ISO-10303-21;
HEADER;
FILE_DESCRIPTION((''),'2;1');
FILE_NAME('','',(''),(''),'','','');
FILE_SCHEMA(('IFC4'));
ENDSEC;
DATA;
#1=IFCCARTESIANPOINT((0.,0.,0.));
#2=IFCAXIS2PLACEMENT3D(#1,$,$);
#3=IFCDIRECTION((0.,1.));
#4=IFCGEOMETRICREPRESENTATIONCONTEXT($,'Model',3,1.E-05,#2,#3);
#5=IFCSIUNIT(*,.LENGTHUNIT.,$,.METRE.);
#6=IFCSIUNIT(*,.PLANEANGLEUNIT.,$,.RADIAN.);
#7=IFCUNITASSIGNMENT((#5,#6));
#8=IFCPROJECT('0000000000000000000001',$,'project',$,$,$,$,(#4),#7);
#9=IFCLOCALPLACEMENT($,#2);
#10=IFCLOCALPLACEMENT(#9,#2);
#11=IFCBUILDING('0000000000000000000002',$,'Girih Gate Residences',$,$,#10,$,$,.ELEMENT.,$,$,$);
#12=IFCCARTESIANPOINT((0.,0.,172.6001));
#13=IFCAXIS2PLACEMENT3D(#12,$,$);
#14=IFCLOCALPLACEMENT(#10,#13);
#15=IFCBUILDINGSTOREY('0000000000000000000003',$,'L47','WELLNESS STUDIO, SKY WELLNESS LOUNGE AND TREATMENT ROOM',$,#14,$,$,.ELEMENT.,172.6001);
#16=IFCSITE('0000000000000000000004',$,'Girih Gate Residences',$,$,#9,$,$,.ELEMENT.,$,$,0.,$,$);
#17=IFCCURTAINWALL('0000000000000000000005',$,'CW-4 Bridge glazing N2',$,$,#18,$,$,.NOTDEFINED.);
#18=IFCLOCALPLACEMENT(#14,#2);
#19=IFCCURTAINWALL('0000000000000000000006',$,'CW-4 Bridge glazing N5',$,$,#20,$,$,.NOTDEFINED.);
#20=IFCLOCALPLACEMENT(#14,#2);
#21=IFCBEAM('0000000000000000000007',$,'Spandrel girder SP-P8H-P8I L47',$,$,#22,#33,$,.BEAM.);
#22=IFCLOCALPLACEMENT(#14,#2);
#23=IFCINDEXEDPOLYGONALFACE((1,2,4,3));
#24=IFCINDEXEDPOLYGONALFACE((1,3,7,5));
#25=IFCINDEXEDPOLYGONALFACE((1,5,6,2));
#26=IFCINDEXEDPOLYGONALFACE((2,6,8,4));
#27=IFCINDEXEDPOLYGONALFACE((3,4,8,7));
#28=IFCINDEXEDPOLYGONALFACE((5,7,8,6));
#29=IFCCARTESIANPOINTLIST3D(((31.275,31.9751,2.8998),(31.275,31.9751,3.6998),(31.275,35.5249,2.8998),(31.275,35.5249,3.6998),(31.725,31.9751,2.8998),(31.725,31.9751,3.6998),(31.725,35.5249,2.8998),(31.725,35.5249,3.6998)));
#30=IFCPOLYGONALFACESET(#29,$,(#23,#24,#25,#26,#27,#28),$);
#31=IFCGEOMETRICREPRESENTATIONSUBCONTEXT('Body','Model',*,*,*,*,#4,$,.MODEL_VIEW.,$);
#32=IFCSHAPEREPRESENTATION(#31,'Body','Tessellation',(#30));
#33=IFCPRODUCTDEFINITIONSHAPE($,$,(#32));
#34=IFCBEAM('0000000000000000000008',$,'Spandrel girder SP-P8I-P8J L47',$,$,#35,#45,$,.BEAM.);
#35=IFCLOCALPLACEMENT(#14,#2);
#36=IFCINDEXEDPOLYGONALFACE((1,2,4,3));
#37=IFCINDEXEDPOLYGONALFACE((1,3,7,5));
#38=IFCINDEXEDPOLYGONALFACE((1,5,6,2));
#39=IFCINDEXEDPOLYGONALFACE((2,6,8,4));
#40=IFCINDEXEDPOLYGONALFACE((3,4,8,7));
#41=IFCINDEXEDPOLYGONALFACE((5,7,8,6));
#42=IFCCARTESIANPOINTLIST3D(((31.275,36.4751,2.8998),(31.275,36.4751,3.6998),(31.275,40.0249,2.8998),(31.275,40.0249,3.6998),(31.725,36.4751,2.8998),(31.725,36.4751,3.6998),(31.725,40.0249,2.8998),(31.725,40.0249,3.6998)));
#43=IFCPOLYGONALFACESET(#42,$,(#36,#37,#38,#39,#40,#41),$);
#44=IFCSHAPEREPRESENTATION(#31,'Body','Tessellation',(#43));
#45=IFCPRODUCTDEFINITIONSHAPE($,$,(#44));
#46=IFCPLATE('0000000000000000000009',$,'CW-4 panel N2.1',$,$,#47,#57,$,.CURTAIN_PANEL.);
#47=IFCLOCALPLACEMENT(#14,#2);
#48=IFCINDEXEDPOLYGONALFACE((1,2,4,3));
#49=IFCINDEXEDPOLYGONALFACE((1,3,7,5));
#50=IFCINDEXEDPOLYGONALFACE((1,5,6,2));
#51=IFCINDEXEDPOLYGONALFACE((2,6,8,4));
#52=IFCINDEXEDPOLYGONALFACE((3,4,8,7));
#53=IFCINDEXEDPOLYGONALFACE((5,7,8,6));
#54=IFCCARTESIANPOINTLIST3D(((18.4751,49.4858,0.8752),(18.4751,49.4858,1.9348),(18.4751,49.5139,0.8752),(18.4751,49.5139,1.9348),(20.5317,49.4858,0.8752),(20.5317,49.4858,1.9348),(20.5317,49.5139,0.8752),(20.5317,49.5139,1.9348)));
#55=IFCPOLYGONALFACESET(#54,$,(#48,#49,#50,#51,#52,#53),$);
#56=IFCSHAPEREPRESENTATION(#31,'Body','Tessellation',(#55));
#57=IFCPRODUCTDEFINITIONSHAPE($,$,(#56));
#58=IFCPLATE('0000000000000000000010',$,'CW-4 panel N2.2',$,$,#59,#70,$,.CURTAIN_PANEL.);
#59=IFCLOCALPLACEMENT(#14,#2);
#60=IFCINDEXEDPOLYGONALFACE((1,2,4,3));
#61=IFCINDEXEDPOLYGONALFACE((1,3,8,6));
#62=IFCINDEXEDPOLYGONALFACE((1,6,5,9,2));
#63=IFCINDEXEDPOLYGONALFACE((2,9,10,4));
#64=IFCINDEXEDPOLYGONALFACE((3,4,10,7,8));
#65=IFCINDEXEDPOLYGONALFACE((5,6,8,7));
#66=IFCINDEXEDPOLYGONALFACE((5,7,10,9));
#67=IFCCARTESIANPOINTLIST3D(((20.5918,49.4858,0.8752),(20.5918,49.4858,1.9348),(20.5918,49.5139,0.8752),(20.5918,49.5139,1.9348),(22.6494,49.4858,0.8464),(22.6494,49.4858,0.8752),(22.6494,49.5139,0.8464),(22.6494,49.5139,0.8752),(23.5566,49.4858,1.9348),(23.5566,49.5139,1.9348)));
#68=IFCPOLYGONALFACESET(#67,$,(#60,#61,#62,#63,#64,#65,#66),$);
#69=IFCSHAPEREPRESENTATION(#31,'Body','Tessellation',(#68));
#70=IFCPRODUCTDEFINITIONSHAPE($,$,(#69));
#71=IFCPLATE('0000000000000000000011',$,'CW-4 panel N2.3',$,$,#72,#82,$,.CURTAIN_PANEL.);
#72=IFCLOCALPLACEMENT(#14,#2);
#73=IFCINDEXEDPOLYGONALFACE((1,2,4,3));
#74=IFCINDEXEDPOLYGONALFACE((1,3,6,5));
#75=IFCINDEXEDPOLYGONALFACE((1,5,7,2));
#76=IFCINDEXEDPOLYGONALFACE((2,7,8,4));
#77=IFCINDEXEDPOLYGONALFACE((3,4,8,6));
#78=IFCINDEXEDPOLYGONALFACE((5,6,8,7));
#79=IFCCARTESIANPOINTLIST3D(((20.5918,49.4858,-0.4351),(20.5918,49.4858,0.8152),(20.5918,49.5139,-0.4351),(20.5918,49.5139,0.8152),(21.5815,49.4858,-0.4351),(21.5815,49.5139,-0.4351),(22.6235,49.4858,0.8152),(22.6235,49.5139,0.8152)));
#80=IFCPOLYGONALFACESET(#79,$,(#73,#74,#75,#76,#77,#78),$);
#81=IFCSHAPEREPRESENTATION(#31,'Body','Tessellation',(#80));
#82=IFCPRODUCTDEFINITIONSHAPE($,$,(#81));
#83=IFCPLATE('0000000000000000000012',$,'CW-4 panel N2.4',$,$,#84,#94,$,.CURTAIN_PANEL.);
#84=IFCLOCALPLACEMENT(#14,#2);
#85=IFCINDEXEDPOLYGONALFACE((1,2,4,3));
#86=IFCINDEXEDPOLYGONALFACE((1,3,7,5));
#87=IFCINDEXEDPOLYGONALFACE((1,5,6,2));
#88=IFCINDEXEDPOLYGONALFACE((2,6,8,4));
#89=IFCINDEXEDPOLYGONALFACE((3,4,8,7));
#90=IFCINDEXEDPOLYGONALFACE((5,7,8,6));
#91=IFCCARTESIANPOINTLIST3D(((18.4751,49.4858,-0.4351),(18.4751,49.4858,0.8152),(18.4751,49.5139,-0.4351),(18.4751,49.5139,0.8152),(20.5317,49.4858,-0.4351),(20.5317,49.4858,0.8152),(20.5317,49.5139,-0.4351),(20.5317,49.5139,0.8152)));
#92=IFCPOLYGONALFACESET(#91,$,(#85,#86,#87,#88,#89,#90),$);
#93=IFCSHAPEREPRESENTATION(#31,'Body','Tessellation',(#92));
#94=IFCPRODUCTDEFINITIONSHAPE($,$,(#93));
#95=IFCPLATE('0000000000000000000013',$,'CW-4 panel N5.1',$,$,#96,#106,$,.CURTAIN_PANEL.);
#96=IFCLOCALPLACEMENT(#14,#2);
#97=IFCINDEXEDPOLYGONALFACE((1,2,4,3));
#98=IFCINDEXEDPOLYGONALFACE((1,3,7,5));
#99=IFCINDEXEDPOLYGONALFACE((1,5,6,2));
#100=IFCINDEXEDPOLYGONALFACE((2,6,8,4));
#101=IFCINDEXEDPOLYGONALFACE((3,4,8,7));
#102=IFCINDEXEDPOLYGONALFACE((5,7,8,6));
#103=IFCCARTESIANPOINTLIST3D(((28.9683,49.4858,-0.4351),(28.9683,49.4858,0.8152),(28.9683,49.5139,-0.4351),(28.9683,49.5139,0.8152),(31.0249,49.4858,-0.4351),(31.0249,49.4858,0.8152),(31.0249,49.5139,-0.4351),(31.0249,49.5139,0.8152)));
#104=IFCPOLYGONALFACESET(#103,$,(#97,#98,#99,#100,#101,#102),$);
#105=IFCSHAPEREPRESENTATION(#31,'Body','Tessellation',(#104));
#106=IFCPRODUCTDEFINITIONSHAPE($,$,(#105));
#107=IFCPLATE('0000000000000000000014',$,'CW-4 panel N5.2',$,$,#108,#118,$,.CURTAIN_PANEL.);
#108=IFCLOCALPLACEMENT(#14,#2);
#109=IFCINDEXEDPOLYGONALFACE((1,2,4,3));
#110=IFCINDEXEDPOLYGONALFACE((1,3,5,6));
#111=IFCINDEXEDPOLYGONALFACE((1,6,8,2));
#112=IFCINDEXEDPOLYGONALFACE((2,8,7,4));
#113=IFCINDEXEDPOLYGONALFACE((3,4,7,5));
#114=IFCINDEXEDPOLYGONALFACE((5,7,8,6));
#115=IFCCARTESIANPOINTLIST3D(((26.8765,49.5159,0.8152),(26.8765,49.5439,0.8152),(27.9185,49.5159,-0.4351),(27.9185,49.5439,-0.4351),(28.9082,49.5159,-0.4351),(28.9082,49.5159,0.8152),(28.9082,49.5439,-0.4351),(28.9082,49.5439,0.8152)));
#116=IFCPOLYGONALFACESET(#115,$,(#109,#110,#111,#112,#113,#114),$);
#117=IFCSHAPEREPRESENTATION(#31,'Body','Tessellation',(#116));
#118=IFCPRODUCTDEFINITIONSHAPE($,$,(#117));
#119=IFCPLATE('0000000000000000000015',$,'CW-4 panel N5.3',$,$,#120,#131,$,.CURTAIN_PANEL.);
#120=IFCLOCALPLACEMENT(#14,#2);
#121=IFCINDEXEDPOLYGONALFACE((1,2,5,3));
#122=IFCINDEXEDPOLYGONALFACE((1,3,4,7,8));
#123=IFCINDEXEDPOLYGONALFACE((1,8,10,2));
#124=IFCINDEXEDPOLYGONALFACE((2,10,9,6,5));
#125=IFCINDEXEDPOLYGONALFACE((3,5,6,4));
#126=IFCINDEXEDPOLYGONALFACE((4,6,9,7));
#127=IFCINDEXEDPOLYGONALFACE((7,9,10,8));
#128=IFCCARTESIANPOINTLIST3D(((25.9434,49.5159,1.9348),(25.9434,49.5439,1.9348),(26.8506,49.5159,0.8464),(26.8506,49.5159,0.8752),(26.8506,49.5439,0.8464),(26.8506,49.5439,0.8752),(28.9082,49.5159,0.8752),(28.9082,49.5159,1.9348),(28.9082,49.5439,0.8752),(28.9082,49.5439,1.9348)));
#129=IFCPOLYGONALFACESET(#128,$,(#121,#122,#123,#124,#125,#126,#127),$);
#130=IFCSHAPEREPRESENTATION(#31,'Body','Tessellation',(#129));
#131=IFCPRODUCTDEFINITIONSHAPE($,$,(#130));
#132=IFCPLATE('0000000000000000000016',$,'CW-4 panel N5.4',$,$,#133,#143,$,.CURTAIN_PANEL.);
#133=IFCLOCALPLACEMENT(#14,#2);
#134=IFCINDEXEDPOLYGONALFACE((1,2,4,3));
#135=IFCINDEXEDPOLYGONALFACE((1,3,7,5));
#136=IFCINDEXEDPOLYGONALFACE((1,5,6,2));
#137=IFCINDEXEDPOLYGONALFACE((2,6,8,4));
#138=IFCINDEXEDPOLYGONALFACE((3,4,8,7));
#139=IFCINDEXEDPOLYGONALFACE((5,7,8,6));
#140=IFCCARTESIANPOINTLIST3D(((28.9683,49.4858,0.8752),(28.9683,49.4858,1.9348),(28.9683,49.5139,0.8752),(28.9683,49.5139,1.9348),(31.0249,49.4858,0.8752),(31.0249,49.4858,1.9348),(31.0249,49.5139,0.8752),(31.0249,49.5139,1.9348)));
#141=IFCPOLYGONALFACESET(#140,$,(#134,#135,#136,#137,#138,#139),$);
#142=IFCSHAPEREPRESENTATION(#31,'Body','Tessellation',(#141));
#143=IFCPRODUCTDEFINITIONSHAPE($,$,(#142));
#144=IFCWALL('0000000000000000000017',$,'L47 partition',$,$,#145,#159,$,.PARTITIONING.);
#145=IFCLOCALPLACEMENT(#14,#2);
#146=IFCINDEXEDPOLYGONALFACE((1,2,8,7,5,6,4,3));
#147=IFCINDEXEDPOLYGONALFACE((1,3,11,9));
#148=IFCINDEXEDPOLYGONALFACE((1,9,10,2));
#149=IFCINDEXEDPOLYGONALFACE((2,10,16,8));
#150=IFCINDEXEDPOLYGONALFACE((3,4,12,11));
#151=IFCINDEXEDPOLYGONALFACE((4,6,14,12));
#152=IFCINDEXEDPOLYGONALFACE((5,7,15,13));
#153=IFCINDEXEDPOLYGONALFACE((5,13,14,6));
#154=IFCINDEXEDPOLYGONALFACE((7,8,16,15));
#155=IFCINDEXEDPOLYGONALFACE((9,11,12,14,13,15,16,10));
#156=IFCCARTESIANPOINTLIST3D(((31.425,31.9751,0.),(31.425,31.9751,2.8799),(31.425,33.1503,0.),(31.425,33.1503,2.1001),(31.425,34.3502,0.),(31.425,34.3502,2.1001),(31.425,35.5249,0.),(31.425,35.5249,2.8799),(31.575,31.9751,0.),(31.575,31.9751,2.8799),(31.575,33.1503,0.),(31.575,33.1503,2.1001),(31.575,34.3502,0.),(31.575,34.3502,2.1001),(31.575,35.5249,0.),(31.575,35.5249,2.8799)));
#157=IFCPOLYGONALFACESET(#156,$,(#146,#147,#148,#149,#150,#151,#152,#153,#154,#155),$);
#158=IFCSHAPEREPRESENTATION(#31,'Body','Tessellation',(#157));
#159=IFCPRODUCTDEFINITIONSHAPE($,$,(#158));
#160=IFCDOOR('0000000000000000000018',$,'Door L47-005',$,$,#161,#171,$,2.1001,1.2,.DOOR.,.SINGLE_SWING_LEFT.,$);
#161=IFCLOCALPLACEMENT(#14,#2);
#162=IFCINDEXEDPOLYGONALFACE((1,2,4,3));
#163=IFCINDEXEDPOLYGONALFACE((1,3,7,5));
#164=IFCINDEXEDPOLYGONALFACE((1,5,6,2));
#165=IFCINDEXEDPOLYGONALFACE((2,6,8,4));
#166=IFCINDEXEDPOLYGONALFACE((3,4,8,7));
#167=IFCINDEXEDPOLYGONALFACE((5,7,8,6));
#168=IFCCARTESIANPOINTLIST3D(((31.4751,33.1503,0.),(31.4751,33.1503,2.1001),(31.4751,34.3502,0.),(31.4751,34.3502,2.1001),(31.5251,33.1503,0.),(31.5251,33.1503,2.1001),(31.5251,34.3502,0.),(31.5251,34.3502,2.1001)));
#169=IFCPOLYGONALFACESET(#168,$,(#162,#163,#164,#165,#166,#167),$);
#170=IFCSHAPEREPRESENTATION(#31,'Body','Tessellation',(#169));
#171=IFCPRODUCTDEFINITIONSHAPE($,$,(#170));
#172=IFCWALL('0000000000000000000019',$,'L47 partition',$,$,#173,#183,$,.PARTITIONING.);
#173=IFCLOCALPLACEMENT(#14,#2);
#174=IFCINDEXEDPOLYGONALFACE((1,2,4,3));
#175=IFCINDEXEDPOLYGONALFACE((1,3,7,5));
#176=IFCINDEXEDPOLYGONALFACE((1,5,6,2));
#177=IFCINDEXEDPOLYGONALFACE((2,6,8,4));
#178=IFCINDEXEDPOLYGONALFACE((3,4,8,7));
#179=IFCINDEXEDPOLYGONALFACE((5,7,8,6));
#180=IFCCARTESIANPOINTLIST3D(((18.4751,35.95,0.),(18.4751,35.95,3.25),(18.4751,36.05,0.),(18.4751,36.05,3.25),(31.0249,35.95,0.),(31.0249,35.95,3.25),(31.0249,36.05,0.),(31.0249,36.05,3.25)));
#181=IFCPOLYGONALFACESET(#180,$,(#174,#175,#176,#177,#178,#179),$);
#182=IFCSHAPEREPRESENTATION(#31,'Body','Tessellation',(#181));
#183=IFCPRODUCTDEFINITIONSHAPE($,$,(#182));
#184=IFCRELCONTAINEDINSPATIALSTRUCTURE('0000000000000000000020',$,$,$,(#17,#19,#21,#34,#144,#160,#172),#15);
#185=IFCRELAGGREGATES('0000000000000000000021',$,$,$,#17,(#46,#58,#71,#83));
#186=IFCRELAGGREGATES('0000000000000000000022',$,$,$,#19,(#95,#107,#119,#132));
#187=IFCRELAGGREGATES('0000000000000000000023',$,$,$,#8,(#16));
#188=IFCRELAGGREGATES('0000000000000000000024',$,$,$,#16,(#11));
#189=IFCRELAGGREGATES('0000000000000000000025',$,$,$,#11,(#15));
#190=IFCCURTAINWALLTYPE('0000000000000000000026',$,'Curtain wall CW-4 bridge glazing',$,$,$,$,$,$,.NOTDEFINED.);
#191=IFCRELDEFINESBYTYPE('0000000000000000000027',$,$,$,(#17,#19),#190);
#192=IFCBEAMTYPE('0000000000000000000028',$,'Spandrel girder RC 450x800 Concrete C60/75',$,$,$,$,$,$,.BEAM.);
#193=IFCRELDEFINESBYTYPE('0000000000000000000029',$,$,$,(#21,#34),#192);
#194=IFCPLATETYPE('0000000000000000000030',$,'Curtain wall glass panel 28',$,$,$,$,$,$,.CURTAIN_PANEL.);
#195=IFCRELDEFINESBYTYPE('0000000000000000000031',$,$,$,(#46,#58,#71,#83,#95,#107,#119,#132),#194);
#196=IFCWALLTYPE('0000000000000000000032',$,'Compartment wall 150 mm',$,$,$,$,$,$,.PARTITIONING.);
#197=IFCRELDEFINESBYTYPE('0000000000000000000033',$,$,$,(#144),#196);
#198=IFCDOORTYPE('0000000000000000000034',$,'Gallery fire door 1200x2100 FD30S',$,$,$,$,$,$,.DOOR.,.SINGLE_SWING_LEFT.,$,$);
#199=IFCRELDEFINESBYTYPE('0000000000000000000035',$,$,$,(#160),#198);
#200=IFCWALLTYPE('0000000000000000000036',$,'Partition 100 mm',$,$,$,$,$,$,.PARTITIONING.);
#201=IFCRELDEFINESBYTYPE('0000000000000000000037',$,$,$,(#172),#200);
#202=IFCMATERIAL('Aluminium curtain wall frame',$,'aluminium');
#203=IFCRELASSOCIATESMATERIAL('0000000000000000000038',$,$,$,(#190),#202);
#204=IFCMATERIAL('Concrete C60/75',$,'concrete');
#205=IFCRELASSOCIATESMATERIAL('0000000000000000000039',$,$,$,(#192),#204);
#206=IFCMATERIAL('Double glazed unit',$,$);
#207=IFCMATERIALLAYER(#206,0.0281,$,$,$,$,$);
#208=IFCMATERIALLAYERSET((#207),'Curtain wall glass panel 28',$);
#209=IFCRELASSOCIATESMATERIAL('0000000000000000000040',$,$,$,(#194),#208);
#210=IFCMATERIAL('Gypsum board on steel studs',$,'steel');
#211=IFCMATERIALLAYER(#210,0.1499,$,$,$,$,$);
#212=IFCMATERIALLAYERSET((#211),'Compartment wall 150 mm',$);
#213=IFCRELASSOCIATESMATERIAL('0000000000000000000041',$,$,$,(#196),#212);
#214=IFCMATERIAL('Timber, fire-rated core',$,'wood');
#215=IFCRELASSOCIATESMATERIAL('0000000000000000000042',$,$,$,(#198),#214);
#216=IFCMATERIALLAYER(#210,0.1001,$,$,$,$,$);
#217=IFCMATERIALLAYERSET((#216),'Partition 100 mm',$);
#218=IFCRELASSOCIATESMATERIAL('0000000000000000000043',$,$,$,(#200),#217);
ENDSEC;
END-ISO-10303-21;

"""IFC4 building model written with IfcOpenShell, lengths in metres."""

from ifc_helpers import new_model, si_unit, direction, frame, frame_2d, origin, origin_2d, place, context, subcontext, project, spatial, polyline, rectangle, outline, extrude, material, layer, layer_set, material_profile, profile_set, type_object, element, fill, aggregate, save


model = new_model("IFC4")

# Units and contexts
model_context = context("Model", 3, precision=1e-05, world=origin(), true_north=direction((0.0, 1.0)))
body_context = subcontext(model_context, "Body", "Model", "MODEL_VIEW")
ifc_project = project(units=[si_unit("LENGTHUNIT", "METRE"), si_unit("PLANEANGLEUNIT", "RADIAN")], contexts=[model_context])

# Site, building, storey
site_placement = place(None, origin())
site = spatial("IfcSite", under=ifc_project, at=site_placement, Name="Girih Gate Residences", CompositionType="ELEMENT", RefElevation=0.0)
building_placement = place(site_placement, origin())
building = spatial("IfcBuilding", under=site, at=building_placement, Name="Girih Gate Residences", CompositionType="ELEMENT")
storey_placement = place(building_placement, frame((0.0, 0.0, 172.6001)))
storey = spatial("IfcBuildingStorey", under=building, at=storey_placement, Name="L47", Description="WELLNESS STUDIO, SKY WELLNESS LOUNGE AND TREATMENT ROOM", CompositionType="ELEMENT", Elevation=172.6001)

# Curtain wall
ifc_material_1 = material(Name="Aluminium curtain wall frame", Category="aluminium")
curtain_wall_type = type_object("IfcCurtainWallType", Name="Curtain wall CW-4 bridge glazing", PredefinedType="NOTDEFINED", material=ifc_material_1)
curtain_wall_1_placement = place(storey_placement, origin())
curtain_wall_1 = element("IfcCurtainWall", 1, at=curtain_wall_1_placement, inside=storey, type_object=curtain_wall_type, Name="CW-4 Bridge glazing N2", PredefinedType="NOTDEFINED")

# Curtain wall
curtain_wall_2_placement = place(storey_placement, origin())
curtain_wall_2 = element("IfcCurtainWall", 2, at=curtain_wall_2_placement, inside=storey, type_object=curtain_wall_type, Name="CW-4 Bridge glazing N5", PredefinedType="NOTDEFINED")

# Beams
ifc_material_2 = material(Name="Concrete C60/75", Category="concrete")
ifc_material_profile_1 = material_profile(ifc_material_2, rectangle(XDim=0.45, YDim=0.8, at=origin_2d()))
ifc_profile_set_1 = profile_set([ifc_material_profile_1], Name="Concrete C60/75")
beam_type = type_object("IfcBeamType", Name="Spandrel girder RC 450x800 Concrete C60/75", PredefinedType="BEAM", material=ifc_profile_set_1)
for number, where, z_axis, x_axis, name in (
    (3, (31.5, 31.9751, 3.2998), (0.0, 1.0, 0.0), (-1.0, 0.0, 0.0), "Spandrel girder SP-P8H-P8I L47"),
    (4, (31.5, 36.4751, 3.2998), (0.0, 1.0, 0.0), (-1.0, 0.0, 0.0), "Spandrel girder SP-P8I-P8J L47"),
):
    element("IfcBeam", number, at=place(storey_placement, frame(where, z_axis=z_axis, x_axis=x_axis)), inside=storey, type_object=beam_type, Name=name, PredefinedType="BEAM", context=body_context, shape_type="SweptSolid", body=[
        extrude(rectangle(XDim=0.45, YDim=0.8, at=origin_2d()), origin(), (0.0, 0.0, 1.0), 3.5498),
    ])

# Plates
ifc_material_3 = material(Name="Double glazed unit")
ifc_layer_1 = layer(ifc_material_3, 0.0281)
ifc_layer_set_1 = layer_set([ifc_layer_1], Name="Curtain wall glass panel 28")
plate_type = type_object("IfcPlateType", Name="Curtain wall glass panel 28", PredefinedType="CURTAIN_PANEL", material=ifc_layer_set_1)
plate_1_placement = place(storey_placement, frame((20.5317, 49.5139, 1.9348), z_axis=(0.0, 1.0, 0.0), x_axis=(0.0, 0.0, -1.0)))
plate_1 = element("IfcPlate", 5, at=plate_1_placement, type_object=plate_type, Name="CW-4 panel N2.1", PredefinedType="CURTAIN_PANEL", context=body_context, shape_type="SweptSolid", body=[
    extrude(outline(polyline([(0.0, 0.0), (1.0596, 0.0), (1.0596, 2.0566), (0.0, 2.0566), (0.0, 0.0)])), origin(), (0.0, 0.0, -1.0), 0.0281),
])
plate_2_placement = place(storey_placement, frame((23.5566, 49.5139, 1.9348), z_axis=(0.0, 1.0, 0.0), x_axis=(-0.640286, 0.0, -0.768137)))
plate_2 = element("IfcPlate", 6, at=plate_2_placement, type_object=plate_type, Name="CW-4 panel N2.2", PredefinedType="CURTAIN_PANEL", context=body_context, shape_type="SweptSolid", body=[
    extrude(outline(polyline([(0.0, 0.0), (1.4169, 0.0), (1.3948, 0.0184), (2.7122, 1.599), (1.8983, 2.2774), (0.0, 0.0)])), origin(), (0.0, 0.0, -1.0), 0.0281),
])
plate_3_placement = place(storey_placement, frame((21.5815, 49.5139, -0.4351), z_axis=(0.0, 1.0, 0.0), x_axis=(-1.0, 0.0, 0.0)))
plate_3 = element("IfcPlate", 7, at=plate_3_placement, type_object=plate_type, Name="CW-4 panel N2.3", PredefinedType="CURTAIN_PANEL", context=body_context, shape_type="SweptSolid", body=[
    extrude(outline(polyline([(0.0, 0.0), (0.9897, 0.0), (0.9897, 1.2502), (-1.042, 1.2502), (0.0, 0.0)])), origin(), (0.0, 0.0, -1.0), 0.0281),
])
plate_4_placement = place(storey_placement, frame((18.4751, 49.5139, -0.4351), z_axis=(0.0, 1.0, 0.0), x_axis=(0.0, 0.0, 1.0)))
plate_4 = element("IfcPlate", 8, at=plate_4_placement, type_object=plate_type, Name="CW-4 panel N2.4", PredefinedType="CURTAIN_PANEL", context=body_context, shape_type="SweptSolid", body=[
    extrude(outline(polyline([(0.0, 0.0), (1.2502, 0.0), (1.2502, 2.0566), (0.0, 2.0566), (0.0, 0.0)])), origin(), (0.0, 0.0, -1.0), 0.0281),
])
aggregate(curtain_wall_1, [plate_1, plate_2, plate_3, plate_4])
plate_5_placement = place(storey_placement, frame((28.9683, 49.5139, -0.4351), z_axis=(0.0, 1.0, 0.0), x_axis=(0.0, 0.0, 1.0)))
plate_5 = element("IfcPlate", 9, at=plate_5_placement, type_object=plate_type, Name="CW-4 panel N5.1", PredefinedType="CURTAIN_PANEL", context=body_context, shape_type="SweptSolid", body=[
    extrude(outline(polyline([(0.0, 0.0), (1.2502, 0.0), (1.2502, 2.0566), (0.0, 2.0566), (0.0, 0.0)])), origin(), (0.0, 0.0, -1.0), 0.0281),
])
plate_6_placement = place(storey_placement, frame((27.9185, 49.5439, -0.4351), z_axis=(0.0, 1.0, 0.0), x_axis=(-0.640229, 0.0, 0.768184)))
plate_6 = element("IfcPlate", 10, at=plate_6_placement, type_object=plate_type, Name="CW-4 panel N5.2", PredefinedType="CURTAIN_PANEL", context=body_context, shape_type="SweptSolid", body=[
    extrude(outline(polyline([(0.0, 0.0), (1.6275, 0.0), (0.3268, 1.5607), (-0.6337, 0.7603), (0.0, 0.0)])), origin(), (0.0, 0.0, -1.0), 0.0281),
])
plate_7_placement = place(storey_placement, frame((25.9434, 49.5439, 1.9348), z_axis=(0.0, 1.0, 0.0), x_axis=(1.0, 0.0, 0.0)))
plate_7 = element("IfcPlate", 11, at=plate_7_placement, type_object=plate_type, Name="CW-4 panel N5.3", PredefinedType="CURTAIN_PANEL", context=body_context, shape_type="SweptSolid", body=[
    extrude(outline(polyline([(0.0, 0.0), (2.9648, 0.0), (2.9648, 1.0596), (0.9072, 1.0596), (0.9072, 1.0884), (0.0, 0.0)])), origin(), (0.0, 0.0, -1.0), 0.0281),
])
plate_8_placement = place(storey_placement, frame((31.0249, 49.5139, 1.9348), z_axis=(0.0, 1.0, 0.0), x_axis=(0.0, 0.0, -1.0)))
plate_8 = element("IfcPlate", 12, at=plate_8_placement, type_object=plate_type, Name="CW-4 panel N5.4", PredefinedType="CURTAIN_PANEL", context=body_context, shape_type="SweptSolid", body=[
    extrude(outline(polyline([(0.0, 0.0), (1.0596, 0.0), (1.0596, 2.0566), (0.0, 2.0566), (0.0, 0.0)])), origin(), (0.0, 0.0, -1.0), 0.0281),
])
aggregate(curtain_wall_2, [plate_5, plate_6, plate_7, plate_8])

# Wall, opening, door
ifc_material_4 = material(Name="Gypsum board on steel studs", Category="steel")
ifc_layer_2 = layer(ifc_material_4, 0.1499)
ifc_layer_set_2 = layer_set([ifc_layer_2], Name="Compartment wall 150 mm")
wall_type_1 = type_object("IfcWallType", Name="Compartment wall 150 mm", PredefinedType="PARTITIONING", material=ifc_layer_set_2)
wall_placement = place(storey_placement, frame((31.5, 31.9751, 0.0), z_axis=(0.0, 0.0, 1.0), x_axis=(0.0, 1.0, 0.0)))
wall = element("IfcWall", 13, at=wall_placement, inside=storey, type_object=wall_type_1, Name="L47 partition", PredefinedType="PARTITIONING", context=body_context, shape_type="SweptSolid", body=[
    extrude(rectangle(XDim=3.5498, YDim=0.1499, at=frame_2d((1.7749, 0.0))), origin(), (0.0, 0.0, 1.0), 2.8799),
])
opening_placement = place(wall_placement, frame((1.175, 0.0, 0.0)))
opening = element("IfcOpeningElement", 14, at=opening_placement, cuts=wall, PredefinedType="OPENING", context=body_context, shape_type="SweptSolid", body=[
    extrude(rectangle(XDim=1.2, YDim=2.1001, at=frame_2d((0.6001, 1.05))), frame((0.0, 0.085, 0.0), z_axis=(0.0, -1.0, 0.0), x_axis=(1.0, 0.0, 0.0)), (0.0, 0.0, 1.0), 0.1699),
])
ifc_material_5 = material(Name="Timber, fire-rated core", Category="wood")
door_type = type_object("IfcDoorType", Name="Gallery fire door 1200x2100 FD30S", OperationType="SINGLE_SWING_LEFT", PredefinedType="DOOR", material=ifc_material_5)
door_placement = place(opening_placement, origin())
door = element("IfcDoor", 15, at=door_placement, inside=storey, type_object=door_type, Name="Door L47-005", OperationType="SINGLE_SWING_LEFT", OverallHeight=2.1001, OverallWidth=1.2, PredefinedType="DOOR", context=body_context, shape_type="SweptSolid", body=[
    extrude(rectangle(XDim=1.2, YDim=2.1001, at=frame_2d((0.6001, 1.05))), frame((0.0, 0.0249, 0.0), z_axis=(0.0, -1.0, 0.0), x_axis=(1.0, 0.0, 0.0)), (0.0, 0.0, 1.0), 0.05),
])
fill(opening, door)

# Wall
ifc_layer_3 = layer(ifc_material_4, 0.1001)
ifc_layer_set_3 = layer_set([ifc_layer_3], Name="Partition 100 mm")
wall_type_2 = type_object("IfcWallType", Name="Partition 100 mm", PredefinedType="PARTITIONING", material=ifc_layer_set_3)
for number, where, z_axis, x_axis, name in (
    (16, (18.4751, 36.0, 0.0), (0.0, 0.0, 1.0), (1.0, 0.0, 0.0), "L47 partition"),
):
    element("IfcWall", number, at=place(storey_placement, frame(where, z_axis=z_axis, x_axis=x_axis)), inside=storey, type_object=wall_type_2, Name=name, PredefinedType="PARTITIONING", context=body_context, shape_type="SweptSolid", body=[
        extrude(rectangle(XDim=12.5498, YDim=0.1001, at=frame_2d((6.2749, 0.0))), origin(), (0.0, 0.0, 1.0), 3.25),
    ])

save(model, "model.ifc")
